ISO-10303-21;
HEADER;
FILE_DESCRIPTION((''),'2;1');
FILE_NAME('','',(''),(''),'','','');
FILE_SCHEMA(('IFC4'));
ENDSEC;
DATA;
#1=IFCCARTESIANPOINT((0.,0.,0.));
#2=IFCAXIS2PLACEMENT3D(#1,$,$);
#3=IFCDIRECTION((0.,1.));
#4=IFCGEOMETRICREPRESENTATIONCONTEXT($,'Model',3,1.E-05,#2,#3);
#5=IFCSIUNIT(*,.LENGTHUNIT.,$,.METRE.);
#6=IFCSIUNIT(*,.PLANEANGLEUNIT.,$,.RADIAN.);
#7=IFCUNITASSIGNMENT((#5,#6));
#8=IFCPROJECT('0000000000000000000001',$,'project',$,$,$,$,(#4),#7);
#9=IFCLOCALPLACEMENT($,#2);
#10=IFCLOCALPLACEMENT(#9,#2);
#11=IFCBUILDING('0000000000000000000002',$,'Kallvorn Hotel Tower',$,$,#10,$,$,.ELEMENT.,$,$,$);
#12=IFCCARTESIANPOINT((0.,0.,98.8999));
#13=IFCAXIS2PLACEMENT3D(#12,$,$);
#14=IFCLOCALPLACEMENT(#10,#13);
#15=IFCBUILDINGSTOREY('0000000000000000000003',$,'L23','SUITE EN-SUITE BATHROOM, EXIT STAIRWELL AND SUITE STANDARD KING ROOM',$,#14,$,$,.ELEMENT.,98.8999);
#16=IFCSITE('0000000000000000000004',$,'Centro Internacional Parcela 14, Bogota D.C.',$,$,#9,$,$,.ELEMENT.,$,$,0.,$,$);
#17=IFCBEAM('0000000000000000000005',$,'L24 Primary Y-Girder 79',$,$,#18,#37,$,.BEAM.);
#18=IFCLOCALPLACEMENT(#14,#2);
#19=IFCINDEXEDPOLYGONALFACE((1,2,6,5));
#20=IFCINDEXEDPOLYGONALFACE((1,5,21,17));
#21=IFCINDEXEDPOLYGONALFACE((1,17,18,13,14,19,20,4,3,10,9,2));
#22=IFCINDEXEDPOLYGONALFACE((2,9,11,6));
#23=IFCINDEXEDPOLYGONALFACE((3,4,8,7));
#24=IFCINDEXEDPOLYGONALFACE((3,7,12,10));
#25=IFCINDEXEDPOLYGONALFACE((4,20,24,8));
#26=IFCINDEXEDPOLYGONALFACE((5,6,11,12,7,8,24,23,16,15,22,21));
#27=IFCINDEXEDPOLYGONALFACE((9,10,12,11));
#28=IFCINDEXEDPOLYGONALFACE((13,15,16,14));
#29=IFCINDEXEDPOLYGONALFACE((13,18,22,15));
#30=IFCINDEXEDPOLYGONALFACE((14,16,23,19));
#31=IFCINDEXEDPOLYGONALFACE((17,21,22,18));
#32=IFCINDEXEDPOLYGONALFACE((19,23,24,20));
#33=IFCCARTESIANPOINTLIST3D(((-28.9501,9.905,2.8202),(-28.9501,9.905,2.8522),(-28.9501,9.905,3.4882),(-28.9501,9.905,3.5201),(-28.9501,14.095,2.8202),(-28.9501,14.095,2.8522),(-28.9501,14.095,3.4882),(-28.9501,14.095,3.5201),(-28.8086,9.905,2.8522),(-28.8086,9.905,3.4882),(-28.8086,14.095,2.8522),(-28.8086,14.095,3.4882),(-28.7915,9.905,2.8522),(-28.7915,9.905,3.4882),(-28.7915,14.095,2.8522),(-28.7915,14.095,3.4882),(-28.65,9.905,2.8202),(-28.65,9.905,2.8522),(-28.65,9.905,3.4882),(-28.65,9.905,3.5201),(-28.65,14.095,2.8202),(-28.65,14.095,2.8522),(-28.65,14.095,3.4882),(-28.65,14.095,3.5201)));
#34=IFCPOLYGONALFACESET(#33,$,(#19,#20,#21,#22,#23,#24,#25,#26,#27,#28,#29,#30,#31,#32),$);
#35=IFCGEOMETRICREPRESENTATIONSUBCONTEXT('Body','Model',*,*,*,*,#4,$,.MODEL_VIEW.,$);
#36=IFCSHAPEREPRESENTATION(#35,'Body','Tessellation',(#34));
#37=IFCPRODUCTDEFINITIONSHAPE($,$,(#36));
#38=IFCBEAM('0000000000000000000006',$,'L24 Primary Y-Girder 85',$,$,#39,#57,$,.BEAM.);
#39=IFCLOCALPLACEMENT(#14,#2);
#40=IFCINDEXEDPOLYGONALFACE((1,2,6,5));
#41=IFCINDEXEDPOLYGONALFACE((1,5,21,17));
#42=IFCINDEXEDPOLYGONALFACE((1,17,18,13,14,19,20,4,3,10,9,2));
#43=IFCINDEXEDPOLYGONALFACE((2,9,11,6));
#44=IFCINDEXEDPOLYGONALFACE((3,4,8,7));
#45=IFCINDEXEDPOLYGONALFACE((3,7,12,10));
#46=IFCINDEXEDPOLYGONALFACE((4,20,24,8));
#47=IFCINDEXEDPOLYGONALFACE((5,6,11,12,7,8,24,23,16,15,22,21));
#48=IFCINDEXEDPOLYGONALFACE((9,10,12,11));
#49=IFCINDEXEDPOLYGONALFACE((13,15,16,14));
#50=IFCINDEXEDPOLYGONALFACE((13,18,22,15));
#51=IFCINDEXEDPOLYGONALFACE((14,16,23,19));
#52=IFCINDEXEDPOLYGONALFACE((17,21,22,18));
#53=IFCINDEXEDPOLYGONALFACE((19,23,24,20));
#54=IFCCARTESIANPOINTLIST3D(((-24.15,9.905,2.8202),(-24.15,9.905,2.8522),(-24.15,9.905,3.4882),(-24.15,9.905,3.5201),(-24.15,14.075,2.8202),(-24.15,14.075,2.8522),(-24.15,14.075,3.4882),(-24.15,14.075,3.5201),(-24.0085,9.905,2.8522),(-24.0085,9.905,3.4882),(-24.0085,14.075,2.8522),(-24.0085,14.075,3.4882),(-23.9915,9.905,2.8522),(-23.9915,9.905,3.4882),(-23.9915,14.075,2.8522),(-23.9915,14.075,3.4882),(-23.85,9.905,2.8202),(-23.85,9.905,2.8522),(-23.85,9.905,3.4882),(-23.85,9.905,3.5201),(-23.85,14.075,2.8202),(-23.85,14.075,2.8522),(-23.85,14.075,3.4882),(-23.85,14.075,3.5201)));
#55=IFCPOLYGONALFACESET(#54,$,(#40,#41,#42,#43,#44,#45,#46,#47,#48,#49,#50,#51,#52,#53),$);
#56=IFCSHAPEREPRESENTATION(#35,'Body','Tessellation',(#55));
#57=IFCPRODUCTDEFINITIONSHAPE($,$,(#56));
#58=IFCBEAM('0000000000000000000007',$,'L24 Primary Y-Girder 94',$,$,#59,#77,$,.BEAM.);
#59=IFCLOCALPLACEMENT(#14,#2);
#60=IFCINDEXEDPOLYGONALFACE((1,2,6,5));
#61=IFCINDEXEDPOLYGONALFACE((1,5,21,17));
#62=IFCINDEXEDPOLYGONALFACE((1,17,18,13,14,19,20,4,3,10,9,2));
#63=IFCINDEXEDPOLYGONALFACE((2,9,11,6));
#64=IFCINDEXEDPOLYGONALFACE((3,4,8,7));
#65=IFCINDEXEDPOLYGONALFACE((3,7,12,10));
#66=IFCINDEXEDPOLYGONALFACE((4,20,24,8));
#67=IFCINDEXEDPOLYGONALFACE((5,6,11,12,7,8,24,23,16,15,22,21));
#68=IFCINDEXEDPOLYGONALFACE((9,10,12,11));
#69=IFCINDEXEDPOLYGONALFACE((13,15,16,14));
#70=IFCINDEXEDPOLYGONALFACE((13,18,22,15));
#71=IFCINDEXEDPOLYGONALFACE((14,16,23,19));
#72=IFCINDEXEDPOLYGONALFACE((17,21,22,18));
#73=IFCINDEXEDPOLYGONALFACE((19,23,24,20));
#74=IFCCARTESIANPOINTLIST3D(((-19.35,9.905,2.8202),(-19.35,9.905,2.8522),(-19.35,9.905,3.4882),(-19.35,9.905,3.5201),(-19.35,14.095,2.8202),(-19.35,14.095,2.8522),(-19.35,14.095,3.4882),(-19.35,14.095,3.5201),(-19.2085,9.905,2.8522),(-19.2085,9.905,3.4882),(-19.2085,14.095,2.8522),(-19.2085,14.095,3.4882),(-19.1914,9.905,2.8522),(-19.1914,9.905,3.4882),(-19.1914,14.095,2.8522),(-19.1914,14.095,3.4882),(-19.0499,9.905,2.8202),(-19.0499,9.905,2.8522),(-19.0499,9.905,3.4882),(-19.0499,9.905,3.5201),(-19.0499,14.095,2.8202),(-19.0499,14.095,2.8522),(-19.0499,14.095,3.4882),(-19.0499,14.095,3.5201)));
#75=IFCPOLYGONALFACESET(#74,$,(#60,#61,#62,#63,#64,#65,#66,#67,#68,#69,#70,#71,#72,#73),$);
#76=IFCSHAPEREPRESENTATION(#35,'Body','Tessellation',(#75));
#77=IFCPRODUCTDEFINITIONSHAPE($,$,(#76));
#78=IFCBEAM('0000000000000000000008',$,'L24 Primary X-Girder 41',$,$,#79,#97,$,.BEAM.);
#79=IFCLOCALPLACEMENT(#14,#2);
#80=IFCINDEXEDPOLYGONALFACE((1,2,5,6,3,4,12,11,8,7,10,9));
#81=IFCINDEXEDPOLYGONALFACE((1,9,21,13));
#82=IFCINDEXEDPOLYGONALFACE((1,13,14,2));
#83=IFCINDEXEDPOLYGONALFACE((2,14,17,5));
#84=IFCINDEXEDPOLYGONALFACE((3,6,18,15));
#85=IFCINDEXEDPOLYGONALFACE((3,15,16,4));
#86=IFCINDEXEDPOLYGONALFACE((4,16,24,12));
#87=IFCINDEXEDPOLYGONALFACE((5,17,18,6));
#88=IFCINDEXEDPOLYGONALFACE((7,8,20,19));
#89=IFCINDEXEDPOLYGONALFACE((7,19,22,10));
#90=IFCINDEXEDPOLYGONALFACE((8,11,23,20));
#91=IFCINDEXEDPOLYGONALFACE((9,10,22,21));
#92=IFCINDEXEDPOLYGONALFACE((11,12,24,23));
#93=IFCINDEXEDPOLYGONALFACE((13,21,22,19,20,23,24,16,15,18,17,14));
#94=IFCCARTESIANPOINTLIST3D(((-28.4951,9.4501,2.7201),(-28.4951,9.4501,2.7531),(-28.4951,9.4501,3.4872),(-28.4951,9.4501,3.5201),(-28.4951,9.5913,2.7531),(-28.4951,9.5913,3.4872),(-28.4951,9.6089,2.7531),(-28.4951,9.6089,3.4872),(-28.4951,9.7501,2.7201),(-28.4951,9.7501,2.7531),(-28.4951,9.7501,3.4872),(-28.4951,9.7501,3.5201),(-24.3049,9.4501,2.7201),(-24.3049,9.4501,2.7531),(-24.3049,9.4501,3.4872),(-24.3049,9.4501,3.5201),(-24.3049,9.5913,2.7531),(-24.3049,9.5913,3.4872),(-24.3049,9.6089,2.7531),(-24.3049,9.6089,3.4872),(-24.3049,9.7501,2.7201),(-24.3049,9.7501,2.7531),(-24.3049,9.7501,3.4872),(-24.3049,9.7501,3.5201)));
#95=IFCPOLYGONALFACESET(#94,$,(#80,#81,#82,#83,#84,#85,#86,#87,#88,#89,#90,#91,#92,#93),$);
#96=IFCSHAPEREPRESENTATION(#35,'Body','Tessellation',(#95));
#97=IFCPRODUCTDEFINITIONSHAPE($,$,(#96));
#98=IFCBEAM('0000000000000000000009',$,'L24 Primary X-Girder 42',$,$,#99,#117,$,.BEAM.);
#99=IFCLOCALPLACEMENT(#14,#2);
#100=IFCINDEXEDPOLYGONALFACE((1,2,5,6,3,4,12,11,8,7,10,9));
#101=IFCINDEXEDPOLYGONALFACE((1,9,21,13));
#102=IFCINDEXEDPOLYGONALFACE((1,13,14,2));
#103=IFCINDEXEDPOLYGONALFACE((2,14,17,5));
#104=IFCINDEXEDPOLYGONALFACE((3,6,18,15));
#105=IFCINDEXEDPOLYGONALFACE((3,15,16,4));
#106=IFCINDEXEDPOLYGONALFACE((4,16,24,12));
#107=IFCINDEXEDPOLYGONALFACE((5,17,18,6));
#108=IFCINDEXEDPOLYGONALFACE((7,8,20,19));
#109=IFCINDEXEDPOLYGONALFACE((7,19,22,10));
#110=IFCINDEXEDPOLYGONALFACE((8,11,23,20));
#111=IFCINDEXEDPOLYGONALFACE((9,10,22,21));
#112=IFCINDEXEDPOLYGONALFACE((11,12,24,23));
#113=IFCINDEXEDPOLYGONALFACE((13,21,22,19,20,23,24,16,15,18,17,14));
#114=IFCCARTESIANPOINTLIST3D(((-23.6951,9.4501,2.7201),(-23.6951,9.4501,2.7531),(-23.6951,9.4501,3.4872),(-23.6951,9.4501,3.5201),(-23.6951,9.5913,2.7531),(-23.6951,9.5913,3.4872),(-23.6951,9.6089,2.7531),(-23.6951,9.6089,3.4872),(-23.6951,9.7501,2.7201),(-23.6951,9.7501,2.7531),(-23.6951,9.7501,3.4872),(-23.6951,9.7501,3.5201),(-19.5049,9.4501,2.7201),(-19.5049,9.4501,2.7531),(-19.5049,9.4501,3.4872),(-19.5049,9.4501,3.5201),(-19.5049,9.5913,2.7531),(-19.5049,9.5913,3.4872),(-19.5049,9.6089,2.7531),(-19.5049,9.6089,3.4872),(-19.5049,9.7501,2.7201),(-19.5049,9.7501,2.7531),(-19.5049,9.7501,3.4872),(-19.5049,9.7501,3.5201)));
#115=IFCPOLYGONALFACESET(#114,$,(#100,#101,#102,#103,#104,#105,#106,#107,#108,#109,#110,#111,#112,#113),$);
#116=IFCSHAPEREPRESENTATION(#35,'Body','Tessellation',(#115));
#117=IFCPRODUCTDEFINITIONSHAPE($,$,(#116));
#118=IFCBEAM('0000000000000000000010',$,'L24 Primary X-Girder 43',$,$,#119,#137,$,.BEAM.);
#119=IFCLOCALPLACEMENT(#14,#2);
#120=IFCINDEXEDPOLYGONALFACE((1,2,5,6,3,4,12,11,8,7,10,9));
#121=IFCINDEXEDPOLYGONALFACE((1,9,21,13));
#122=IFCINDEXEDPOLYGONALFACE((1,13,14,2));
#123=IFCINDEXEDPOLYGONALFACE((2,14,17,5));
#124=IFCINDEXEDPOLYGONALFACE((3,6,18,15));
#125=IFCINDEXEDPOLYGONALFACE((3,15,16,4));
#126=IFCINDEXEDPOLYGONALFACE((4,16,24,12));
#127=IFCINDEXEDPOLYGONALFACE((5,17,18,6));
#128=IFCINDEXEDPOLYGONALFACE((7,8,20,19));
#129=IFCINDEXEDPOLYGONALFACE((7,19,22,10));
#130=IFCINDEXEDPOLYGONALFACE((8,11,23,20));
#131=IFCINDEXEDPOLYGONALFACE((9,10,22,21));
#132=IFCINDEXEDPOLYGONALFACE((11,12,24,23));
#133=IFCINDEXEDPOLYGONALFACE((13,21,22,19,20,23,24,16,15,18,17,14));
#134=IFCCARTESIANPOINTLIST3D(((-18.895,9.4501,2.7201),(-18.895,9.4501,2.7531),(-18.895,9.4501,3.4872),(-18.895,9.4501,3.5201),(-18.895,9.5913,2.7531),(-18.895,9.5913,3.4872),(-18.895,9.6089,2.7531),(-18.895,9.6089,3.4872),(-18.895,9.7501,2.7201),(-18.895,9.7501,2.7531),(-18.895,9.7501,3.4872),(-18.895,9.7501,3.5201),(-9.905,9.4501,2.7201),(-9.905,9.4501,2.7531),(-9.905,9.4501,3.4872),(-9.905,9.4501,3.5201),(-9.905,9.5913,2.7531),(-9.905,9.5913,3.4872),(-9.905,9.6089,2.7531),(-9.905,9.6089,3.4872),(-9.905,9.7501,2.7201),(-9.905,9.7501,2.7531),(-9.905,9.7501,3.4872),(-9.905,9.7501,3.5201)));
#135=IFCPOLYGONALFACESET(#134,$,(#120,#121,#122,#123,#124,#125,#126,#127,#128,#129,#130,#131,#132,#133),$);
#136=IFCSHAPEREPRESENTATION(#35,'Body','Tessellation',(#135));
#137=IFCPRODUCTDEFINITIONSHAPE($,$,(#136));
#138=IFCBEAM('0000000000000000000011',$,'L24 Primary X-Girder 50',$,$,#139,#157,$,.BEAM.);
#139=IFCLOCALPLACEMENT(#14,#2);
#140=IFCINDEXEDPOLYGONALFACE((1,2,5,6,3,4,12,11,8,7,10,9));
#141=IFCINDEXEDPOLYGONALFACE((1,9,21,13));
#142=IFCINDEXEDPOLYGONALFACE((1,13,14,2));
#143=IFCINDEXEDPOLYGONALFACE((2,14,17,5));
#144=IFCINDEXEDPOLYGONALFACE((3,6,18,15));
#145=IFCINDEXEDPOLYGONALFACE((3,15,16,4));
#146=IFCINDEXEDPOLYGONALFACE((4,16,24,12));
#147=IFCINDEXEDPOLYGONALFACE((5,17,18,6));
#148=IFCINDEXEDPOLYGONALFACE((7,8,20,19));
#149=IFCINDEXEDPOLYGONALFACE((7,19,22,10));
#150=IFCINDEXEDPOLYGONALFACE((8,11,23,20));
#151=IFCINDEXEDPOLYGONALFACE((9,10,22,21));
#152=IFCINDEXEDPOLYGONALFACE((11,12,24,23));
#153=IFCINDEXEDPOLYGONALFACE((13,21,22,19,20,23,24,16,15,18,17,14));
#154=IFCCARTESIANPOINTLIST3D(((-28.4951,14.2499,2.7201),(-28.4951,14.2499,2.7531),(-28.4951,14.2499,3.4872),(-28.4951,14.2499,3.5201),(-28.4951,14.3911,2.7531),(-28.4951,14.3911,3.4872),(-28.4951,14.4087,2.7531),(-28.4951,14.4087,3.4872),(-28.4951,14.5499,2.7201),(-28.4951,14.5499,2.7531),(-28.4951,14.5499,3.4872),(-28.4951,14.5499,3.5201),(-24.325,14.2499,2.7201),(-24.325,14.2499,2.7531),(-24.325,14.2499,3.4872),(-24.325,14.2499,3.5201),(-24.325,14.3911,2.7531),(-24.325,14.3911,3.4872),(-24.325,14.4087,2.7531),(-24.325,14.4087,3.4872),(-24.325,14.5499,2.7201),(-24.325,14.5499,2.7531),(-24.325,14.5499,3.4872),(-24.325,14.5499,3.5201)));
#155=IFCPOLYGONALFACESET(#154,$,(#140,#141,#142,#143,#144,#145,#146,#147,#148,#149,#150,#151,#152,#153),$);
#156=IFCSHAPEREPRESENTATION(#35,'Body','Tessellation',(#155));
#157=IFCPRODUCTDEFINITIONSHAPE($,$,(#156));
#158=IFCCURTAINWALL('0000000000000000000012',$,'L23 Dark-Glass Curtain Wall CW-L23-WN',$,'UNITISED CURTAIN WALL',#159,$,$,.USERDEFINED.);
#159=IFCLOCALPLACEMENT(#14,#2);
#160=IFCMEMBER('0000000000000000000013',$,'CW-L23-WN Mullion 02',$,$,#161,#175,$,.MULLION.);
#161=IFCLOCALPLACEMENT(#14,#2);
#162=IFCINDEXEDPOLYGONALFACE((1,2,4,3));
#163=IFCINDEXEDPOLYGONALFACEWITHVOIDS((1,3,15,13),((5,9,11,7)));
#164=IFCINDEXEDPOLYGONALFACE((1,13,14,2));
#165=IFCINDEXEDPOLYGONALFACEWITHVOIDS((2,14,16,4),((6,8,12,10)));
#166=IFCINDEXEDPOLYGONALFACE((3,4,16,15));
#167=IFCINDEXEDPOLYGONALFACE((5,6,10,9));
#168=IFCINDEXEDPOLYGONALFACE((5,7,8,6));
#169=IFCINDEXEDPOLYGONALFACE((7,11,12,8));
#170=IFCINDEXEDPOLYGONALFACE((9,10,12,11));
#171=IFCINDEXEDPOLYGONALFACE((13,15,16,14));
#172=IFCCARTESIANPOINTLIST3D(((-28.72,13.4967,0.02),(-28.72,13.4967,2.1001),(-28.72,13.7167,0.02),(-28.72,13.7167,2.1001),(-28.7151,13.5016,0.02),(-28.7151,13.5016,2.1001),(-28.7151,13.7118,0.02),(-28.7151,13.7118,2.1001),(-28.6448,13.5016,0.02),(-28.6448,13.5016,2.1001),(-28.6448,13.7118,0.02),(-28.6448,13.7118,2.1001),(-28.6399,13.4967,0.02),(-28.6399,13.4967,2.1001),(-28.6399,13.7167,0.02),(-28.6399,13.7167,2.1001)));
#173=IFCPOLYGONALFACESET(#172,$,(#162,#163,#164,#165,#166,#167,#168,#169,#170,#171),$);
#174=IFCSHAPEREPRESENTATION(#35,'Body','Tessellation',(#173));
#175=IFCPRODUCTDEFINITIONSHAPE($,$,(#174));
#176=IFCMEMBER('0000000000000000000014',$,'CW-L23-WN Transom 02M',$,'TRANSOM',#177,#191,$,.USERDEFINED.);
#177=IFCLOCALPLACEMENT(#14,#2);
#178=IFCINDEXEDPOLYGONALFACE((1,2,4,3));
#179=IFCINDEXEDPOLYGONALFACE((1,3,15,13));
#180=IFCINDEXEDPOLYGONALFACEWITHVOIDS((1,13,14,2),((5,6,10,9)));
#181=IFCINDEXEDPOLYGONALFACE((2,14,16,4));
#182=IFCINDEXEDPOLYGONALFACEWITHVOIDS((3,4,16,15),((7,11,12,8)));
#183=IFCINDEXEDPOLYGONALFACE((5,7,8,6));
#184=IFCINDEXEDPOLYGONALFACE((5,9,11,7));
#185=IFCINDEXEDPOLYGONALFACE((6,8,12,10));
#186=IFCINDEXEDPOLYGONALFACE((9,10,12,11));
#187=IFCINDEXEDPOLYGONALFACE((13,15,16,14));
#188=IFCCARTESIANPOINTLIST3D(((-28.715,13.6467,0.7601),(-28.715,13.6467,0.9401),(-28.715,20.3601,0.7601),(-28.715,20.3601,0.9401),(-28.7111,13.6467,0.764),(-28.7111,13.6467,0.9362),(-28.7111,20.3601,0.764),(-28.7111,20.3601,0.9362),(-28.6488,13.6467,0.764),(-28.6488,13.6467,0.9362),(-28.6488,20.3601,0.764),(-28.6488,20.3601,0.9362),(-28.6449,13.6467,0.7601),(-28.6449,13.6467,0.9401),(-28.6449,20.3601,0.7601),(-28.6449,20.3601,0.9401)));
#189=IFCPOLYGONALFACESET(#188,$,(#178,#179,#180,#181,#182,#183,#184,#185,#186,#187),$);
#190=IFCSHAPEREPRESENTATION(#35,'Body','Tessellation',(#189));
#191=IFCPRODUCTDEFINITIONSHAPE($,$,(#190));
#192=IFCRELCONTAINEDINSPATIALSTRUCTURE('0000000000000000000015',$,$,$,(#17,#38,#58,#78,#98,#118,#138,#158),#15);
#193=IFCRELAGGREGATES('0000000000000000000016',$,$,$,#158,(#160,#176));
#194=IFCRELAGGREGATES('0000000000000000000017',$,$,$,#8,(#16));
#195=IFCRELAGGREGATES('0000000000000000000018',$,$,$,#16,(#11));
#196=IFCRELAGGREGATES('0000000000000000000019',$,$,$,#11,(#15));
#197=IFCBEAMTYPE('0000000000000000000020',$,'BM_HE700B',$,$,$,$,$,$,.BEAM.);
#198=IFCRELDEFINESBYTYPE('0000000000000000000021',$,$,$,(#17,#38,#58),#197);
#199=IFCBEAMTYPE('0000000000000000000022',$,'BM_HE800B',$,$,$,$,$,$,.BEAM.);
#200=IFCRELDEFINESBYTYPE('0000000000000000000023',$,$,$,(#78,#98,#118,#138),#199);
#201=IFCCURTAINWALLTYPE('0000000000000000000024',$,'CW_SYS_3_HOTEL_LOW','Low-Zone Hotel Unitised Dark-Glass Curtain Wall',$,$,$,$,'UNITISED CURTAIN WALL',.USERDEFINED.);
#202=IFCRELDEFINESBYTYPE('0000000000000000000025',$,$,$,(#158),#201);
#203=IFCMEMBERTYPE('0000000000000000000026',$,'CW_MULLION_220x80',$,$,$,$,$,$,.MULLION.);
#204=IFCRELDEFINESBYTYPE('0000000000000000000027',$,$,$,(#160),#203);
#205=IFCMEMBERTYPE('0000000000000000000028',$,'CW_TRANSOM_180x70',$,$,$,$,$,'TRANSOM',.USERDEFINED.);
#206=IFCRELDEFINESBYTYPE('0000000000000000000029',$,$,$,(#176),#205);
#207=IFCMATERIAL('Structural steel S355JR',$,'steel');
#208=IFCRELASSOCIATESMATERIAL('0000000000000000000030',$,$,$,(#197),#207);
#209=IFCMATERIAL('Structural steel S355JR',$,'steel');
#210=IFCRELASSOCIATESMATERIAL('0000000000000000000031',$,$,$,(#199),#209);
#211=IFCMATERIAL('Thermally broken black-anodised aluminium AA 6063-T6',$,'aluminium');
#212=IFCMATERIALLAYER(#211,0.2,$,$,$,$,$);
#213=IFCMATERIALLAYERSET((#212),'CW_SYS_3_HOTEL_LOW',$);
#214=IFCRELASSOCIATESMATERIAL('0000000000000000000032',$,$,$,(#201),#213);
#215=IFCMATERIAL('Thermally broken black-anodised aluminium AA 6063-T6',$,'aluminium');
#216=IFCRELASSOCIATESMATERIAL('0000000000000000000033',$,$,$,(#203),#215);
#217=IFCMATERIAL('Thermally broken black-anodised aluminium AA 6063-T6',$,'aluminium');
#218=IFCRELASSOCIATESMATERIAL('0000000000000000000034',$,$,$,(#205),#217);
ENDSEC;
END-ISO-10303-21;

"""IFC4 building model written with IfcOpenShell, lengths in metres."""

from ifc_helpers import new_model, si_unit, direction, frame, origin, origin_2d, place, context, subcontext, project, spatial, hollow_rectangle, i_section, extrude, material, layer, layer_set, material_profile, profile_set, type_object, element, aggregate, save


model = new_model("IFC4")

# Units and contexts
model_context = context("Model", 3, precision=1e-05, world=origin(), true_north=direction((0.0, 1.0)))
body_context = subcontext(model_context, "Body", "Model", "MODEL_VIEW")
ifc_project = project(units=[si_unit("LENGTHUNIT", "METRE"), si_unit("PLANEANGLEUNIT", "RADIAN")], contexts=[model_context])

# Site, building, storey
site_placement = place(None, origin())
site = spatial("IfcSite", under=ifc_project, at=site_placement, Name="Centro Internacional Parcela 14, Bogota D.C.", CompositionType="ELEMENT", RefElevation=0.0)
building_placement = place(site_placement, origin())
building = spatial("IfcBuilding", under=site, at=building_placement, Name="Kallvorn Hotel Tower", CompositionType="ELEMENT")
storey_placement = place(building_placement, frame((0.0, 0.0, 98.8999)))
storey = spatial("IfcBuildingStorey", under=building, at=storey_placement, Name="L23", Description="SUITE EN-SUITE BATHROOM, EXIT STAIRWELL AND SUITE STANDARD KING ROOM", CompositionType="ELEMENT", Elevation=98.8999)

# Beams
ifc_material_1 = material(Name="Structural steel S355JR", Category="steel")
ifc_material_profile_1 = material_profile(ifc_material_1, i_section(OverallWidth=0.3, OverallDepth=0.7, WebThickness=0.0171, FlangeThickness=0.032, at=origin_2d()), Name="HE 700 B")
ifc_profile_set_1 = profile_set([ifc_material_profile_1], Name="Structural steel S355JR")
beam_type_1 = type_object("IfcBeamType", Name="BM_HE700B", PredefinedType="BEAM", material=ifc_profile_set_1)
beam_1_placement = place(storey_placement, frame((-28.8, 9.905, 3.1702), z_axis=(0.0, 1.0, 0.0), x_axis=(-1.0, 0.0, 0.0)))
element("IfcBeam", 1, at=beam_1_placement, inside=storey, type_object=beam_type_1, Name="L24 Primary Y-Girder 79", PredefinedType="BEAM", context=body_context, shape_type="SweptSolid", body=[
    extrude(i_section(OverallWidth=0.3, OverallDepth=0.7, WebThickness=0.0171, FlangeThickness=0.032, at=origin_2d()), origin(), (0.0, 0.0, 1.0), 4.1899),
])
beam_2_placement = place(storey_placement, frame((-24.0, 9.905, 3.1702), z_axis=(0.0, 1.0, 0.0), x_axis=(-1.0, 0.0, 0.0)))
element("IfcBeam", 2, at=beam_2_placement, inside=storey, type_object=beam_type_1, Name="L24 Primary Y-Girder 85", PredefinedType="BEAM", context=body_context, shape_type="SweptSolid", body=[
    extrude(i_section(OverallWidth=0.3, OverallDepth=0.7, WebThickness=0.0171, FlangeThickness=0.032, at=origin_2d()), origin(), (0.0, 0.0, 1.0), 4.1699),
])
beam_3_placement = place(storey_placement, frame((-19.2, 9.905, 3.1702), z_axis=(0.0, 1.0, 0.0), x_axis=(-1.0, 0.0, 0.0)))
element("IfcBeam", 3, at=beam_3_placement, inside=storey, type_object=beam_type_1, Name="L24 Primary Y-Girder 94", PredefinedType="BEAM", context=body_context, shape_type="SweptSolid", body=[
    extrude(i_section(OverallWidth=0.3, OverallDepth=0.7, WebThickness=0.0171, FlangeThickness=0.032, at=origin_2d()), origin(), (0.0, 0.0, 1.0), 4.1899),
])
ifc_material_2 = material(Name="Structural steel S355JR", Category="steel")
ifc_material_profile_2 = material_profile(ifc_material_2, i_section(OverallWidth=0.3, OverallDepth=0.8, WebThickness=0.0176, FlangeThickness=0.033, at=origin_2d()), Name="HE 800 B")
ifc_profile_set_2 = profile_set([ifc_material_profile_2], Name="Structural steel S355JR")
beam_type_2 = type_object("IfcBeamType", Name="BM_HE800B", PredefinedType="BEAM", material=ifc_profile_set_2)
for number, where, z_axis, x_axis, name in (
    (4, (-28.4951, 9.6001, 3.1201), (1.0, 0.0, 0.0), (0.0, 1.0, 0.0), "L24 Primary X-Girder 41"),
    (5, (-23.6951, 9.6001, 3.1201), (1.0, 0.0, 0.0), (0.0, 1.0, 0.0), "L24 Primary X-Girder 42"),
):
    element("IfcBeam", number, at=place(storey_placement, frame(where, z_axis=z_axis, x_axis=x_axis)), inside=storey, type_object=beam_type_2, Name=name, PredefinedType="BEAM", context=body_context, shape_type="SweptSolid", body=[
        extrude(i_section(OverallWidth=0.3, OverallDepth=0.8, WebThickness=0.0176, FlangeThickness=0.033, at=origin_2d()), origin(), (0.0, 0.0, 1.0), 4.1902),
    ])
beam_4_placement = place(storey_placement, frame((-18.895, 9.6001, 3.1201), z_axis=(1.0, 0.0, 0.0), x_axis=(0.0, 1.0, 0.0)))
element("IfcBeam", 6, at=beam_4_placement, inside=storey, type_object=beam_type_2, Name="L24 Primary X-Girder 43", PredefinedType="BEAM", context=body_context, shape_type="SweptSolid", body=[
    extrude(i_section(OverallWidth=0.3, OverallDepth=0.8, WebThickness=0.0176, FlangeThickness=0.033, at=origin_2d()), origin(), (0.0, 0.0, 1.0), 8.99),
])
beam_5_placement = place(storey_placement, frame((-28.4951, 14.3999, 3.1201), z_axis=(1.0, 0.0, 0.0), x_axis=(0.0, 1.0, 0.0)))
element("IfcBeam", 7, at=beam_5_placement, inside=storey, type_object=beam_type_2, Name="L24 Primary X-Girder 50", PredefinedType="BEAM", context=body_context, shape_type="SweptSolid", body=[
    extrude(i_section(OverallWidth=0.3, OverallDepth=0.8, WebThickness=0.0176, FlangeThickness=0.033, at=origin_2d()), origin(), (0.0, 0.0, 1.0), 4.1702),
])

# Curtain wall, members
ifc_material_3 = material(Name="Thermally broken black-anodised aluminium AA 6063-T6", Category="aluminium")
ifc_layer_1 = layer(ifc_material_3, 0.2)
ifc_layer_set_1 = layer_set([ifc_layer_1], Name="CW_SYS_3_HOTEL_LOW")
curtain_wall_type = type_object("IfcCurtainWallType", Name="CW_SYS_3_HOTEL_LOW", Description="Low-Zone Hotel Unitised Dark-Glass Curtain Wall", ElementType="UNITISED CURTAIN WALL", PredefinedType="USERDEFINED", material=ifc_layer_set_1)
curtain_wall_placement = place(storey_placement, origin())
curtain_wall = element("IfcCurtainWall", 8, at=curtain_wall_placement, inside=storey, type_object=curtain_wall_type, Name="L23 Dark-Glass Curtain Wall CW-L23-WN", ObjectType="UNITISED CURTAIN WALL", PredefinedType="USERDEFINED")
ifc_material_4 = material(Name="Thermally broken black-anodised aluminium AA 6063-T6", Category="aluminium")
ifc_material_profile_3 = material_profile(ifc_material_4, hollow_rectangle(XDim=0.0801, YDim=0.22, WallThickness=0.0049, at=origin_2d()), Name="MUL 220x80")
ifc_profile_set_3 = profile_set([ifc_material_profile_3], Name="Thermally broken black-anodised aluminium AA 6063-T6")
member_type_1 = type_object("IfcMemberType", Name="CW_MULLION_220x80", PredefinedType="MULLION", material=ifc_profile_set_3)
member_1_placement = place(storey_placement, frame((-28.6799, 13.6067, 0.02), z_axis=(0.0, 0.0, 1.0), x_axis=(1.0, 0.0, 0.0)))
member_1 = element("IfcMember", 9, at=member_1_placement, type_object=member_type_1, Name="CW-L23-WN Mullion 02", PredefinedType="MULLION", context=body_context, shape_type="SweptSolid", body=[
    extrude(hollow_rectangle(XDim=0.0801, YDim=0.22, WallThickness=0.0049, at=origin_2d()), origin(), (0.0, 0.0, 1.0), 2.0801),
])
ifc_material_5 = material(Name="Thermally broken black-anodised aluminium AA 6063-T6", Category="aluminium")
ifc_material_profile_4 = material_profile(ifc_material_5, hollow_rectangle(XDim=0.0701, YDim=0.1799, WallThickness=0.0039, at=origin_2d()), Name="TRN 180x70")
ifc_profile_set_4 = profile_set([ifc_material_profile_4], Name="Thermally broken black-anodised aluminium AA 6063-T6")
member_type_2 = type_object("IfcMemberType", Name="CW_TRANSOM_180x70", ElementType="TRANSOM", PredefinedType="USERDEFINED", material=ifc_profile_set_4)
member_2_placement = place(storey_placement, frame((-28.6799, 13.6467, 0.8501), z_axis=(0.0, 1.0, 0.0), x_axis=(-1.0, 0.0, 0.0)))
member_2 = element("IfcMember", 10, at=member_2_placement, type_object=member_type_2, Name="CW-L23-WN Transom 02M", ObjectType="TRANSOM", PredefinedType="USERDEFINED", context=body_context, shape_type="SweptSolid", body=[
    extrude(hollow_rectangle(XDim=0.0701, YDim=0.1799, WallThickness=0.0039, at=origin_2d()), origin(), (0.0, 0.0, 1.0), 6.7134),
])
aggregate(curtain_wall, [member_1, member_2])

save(model, "model.ifc")
